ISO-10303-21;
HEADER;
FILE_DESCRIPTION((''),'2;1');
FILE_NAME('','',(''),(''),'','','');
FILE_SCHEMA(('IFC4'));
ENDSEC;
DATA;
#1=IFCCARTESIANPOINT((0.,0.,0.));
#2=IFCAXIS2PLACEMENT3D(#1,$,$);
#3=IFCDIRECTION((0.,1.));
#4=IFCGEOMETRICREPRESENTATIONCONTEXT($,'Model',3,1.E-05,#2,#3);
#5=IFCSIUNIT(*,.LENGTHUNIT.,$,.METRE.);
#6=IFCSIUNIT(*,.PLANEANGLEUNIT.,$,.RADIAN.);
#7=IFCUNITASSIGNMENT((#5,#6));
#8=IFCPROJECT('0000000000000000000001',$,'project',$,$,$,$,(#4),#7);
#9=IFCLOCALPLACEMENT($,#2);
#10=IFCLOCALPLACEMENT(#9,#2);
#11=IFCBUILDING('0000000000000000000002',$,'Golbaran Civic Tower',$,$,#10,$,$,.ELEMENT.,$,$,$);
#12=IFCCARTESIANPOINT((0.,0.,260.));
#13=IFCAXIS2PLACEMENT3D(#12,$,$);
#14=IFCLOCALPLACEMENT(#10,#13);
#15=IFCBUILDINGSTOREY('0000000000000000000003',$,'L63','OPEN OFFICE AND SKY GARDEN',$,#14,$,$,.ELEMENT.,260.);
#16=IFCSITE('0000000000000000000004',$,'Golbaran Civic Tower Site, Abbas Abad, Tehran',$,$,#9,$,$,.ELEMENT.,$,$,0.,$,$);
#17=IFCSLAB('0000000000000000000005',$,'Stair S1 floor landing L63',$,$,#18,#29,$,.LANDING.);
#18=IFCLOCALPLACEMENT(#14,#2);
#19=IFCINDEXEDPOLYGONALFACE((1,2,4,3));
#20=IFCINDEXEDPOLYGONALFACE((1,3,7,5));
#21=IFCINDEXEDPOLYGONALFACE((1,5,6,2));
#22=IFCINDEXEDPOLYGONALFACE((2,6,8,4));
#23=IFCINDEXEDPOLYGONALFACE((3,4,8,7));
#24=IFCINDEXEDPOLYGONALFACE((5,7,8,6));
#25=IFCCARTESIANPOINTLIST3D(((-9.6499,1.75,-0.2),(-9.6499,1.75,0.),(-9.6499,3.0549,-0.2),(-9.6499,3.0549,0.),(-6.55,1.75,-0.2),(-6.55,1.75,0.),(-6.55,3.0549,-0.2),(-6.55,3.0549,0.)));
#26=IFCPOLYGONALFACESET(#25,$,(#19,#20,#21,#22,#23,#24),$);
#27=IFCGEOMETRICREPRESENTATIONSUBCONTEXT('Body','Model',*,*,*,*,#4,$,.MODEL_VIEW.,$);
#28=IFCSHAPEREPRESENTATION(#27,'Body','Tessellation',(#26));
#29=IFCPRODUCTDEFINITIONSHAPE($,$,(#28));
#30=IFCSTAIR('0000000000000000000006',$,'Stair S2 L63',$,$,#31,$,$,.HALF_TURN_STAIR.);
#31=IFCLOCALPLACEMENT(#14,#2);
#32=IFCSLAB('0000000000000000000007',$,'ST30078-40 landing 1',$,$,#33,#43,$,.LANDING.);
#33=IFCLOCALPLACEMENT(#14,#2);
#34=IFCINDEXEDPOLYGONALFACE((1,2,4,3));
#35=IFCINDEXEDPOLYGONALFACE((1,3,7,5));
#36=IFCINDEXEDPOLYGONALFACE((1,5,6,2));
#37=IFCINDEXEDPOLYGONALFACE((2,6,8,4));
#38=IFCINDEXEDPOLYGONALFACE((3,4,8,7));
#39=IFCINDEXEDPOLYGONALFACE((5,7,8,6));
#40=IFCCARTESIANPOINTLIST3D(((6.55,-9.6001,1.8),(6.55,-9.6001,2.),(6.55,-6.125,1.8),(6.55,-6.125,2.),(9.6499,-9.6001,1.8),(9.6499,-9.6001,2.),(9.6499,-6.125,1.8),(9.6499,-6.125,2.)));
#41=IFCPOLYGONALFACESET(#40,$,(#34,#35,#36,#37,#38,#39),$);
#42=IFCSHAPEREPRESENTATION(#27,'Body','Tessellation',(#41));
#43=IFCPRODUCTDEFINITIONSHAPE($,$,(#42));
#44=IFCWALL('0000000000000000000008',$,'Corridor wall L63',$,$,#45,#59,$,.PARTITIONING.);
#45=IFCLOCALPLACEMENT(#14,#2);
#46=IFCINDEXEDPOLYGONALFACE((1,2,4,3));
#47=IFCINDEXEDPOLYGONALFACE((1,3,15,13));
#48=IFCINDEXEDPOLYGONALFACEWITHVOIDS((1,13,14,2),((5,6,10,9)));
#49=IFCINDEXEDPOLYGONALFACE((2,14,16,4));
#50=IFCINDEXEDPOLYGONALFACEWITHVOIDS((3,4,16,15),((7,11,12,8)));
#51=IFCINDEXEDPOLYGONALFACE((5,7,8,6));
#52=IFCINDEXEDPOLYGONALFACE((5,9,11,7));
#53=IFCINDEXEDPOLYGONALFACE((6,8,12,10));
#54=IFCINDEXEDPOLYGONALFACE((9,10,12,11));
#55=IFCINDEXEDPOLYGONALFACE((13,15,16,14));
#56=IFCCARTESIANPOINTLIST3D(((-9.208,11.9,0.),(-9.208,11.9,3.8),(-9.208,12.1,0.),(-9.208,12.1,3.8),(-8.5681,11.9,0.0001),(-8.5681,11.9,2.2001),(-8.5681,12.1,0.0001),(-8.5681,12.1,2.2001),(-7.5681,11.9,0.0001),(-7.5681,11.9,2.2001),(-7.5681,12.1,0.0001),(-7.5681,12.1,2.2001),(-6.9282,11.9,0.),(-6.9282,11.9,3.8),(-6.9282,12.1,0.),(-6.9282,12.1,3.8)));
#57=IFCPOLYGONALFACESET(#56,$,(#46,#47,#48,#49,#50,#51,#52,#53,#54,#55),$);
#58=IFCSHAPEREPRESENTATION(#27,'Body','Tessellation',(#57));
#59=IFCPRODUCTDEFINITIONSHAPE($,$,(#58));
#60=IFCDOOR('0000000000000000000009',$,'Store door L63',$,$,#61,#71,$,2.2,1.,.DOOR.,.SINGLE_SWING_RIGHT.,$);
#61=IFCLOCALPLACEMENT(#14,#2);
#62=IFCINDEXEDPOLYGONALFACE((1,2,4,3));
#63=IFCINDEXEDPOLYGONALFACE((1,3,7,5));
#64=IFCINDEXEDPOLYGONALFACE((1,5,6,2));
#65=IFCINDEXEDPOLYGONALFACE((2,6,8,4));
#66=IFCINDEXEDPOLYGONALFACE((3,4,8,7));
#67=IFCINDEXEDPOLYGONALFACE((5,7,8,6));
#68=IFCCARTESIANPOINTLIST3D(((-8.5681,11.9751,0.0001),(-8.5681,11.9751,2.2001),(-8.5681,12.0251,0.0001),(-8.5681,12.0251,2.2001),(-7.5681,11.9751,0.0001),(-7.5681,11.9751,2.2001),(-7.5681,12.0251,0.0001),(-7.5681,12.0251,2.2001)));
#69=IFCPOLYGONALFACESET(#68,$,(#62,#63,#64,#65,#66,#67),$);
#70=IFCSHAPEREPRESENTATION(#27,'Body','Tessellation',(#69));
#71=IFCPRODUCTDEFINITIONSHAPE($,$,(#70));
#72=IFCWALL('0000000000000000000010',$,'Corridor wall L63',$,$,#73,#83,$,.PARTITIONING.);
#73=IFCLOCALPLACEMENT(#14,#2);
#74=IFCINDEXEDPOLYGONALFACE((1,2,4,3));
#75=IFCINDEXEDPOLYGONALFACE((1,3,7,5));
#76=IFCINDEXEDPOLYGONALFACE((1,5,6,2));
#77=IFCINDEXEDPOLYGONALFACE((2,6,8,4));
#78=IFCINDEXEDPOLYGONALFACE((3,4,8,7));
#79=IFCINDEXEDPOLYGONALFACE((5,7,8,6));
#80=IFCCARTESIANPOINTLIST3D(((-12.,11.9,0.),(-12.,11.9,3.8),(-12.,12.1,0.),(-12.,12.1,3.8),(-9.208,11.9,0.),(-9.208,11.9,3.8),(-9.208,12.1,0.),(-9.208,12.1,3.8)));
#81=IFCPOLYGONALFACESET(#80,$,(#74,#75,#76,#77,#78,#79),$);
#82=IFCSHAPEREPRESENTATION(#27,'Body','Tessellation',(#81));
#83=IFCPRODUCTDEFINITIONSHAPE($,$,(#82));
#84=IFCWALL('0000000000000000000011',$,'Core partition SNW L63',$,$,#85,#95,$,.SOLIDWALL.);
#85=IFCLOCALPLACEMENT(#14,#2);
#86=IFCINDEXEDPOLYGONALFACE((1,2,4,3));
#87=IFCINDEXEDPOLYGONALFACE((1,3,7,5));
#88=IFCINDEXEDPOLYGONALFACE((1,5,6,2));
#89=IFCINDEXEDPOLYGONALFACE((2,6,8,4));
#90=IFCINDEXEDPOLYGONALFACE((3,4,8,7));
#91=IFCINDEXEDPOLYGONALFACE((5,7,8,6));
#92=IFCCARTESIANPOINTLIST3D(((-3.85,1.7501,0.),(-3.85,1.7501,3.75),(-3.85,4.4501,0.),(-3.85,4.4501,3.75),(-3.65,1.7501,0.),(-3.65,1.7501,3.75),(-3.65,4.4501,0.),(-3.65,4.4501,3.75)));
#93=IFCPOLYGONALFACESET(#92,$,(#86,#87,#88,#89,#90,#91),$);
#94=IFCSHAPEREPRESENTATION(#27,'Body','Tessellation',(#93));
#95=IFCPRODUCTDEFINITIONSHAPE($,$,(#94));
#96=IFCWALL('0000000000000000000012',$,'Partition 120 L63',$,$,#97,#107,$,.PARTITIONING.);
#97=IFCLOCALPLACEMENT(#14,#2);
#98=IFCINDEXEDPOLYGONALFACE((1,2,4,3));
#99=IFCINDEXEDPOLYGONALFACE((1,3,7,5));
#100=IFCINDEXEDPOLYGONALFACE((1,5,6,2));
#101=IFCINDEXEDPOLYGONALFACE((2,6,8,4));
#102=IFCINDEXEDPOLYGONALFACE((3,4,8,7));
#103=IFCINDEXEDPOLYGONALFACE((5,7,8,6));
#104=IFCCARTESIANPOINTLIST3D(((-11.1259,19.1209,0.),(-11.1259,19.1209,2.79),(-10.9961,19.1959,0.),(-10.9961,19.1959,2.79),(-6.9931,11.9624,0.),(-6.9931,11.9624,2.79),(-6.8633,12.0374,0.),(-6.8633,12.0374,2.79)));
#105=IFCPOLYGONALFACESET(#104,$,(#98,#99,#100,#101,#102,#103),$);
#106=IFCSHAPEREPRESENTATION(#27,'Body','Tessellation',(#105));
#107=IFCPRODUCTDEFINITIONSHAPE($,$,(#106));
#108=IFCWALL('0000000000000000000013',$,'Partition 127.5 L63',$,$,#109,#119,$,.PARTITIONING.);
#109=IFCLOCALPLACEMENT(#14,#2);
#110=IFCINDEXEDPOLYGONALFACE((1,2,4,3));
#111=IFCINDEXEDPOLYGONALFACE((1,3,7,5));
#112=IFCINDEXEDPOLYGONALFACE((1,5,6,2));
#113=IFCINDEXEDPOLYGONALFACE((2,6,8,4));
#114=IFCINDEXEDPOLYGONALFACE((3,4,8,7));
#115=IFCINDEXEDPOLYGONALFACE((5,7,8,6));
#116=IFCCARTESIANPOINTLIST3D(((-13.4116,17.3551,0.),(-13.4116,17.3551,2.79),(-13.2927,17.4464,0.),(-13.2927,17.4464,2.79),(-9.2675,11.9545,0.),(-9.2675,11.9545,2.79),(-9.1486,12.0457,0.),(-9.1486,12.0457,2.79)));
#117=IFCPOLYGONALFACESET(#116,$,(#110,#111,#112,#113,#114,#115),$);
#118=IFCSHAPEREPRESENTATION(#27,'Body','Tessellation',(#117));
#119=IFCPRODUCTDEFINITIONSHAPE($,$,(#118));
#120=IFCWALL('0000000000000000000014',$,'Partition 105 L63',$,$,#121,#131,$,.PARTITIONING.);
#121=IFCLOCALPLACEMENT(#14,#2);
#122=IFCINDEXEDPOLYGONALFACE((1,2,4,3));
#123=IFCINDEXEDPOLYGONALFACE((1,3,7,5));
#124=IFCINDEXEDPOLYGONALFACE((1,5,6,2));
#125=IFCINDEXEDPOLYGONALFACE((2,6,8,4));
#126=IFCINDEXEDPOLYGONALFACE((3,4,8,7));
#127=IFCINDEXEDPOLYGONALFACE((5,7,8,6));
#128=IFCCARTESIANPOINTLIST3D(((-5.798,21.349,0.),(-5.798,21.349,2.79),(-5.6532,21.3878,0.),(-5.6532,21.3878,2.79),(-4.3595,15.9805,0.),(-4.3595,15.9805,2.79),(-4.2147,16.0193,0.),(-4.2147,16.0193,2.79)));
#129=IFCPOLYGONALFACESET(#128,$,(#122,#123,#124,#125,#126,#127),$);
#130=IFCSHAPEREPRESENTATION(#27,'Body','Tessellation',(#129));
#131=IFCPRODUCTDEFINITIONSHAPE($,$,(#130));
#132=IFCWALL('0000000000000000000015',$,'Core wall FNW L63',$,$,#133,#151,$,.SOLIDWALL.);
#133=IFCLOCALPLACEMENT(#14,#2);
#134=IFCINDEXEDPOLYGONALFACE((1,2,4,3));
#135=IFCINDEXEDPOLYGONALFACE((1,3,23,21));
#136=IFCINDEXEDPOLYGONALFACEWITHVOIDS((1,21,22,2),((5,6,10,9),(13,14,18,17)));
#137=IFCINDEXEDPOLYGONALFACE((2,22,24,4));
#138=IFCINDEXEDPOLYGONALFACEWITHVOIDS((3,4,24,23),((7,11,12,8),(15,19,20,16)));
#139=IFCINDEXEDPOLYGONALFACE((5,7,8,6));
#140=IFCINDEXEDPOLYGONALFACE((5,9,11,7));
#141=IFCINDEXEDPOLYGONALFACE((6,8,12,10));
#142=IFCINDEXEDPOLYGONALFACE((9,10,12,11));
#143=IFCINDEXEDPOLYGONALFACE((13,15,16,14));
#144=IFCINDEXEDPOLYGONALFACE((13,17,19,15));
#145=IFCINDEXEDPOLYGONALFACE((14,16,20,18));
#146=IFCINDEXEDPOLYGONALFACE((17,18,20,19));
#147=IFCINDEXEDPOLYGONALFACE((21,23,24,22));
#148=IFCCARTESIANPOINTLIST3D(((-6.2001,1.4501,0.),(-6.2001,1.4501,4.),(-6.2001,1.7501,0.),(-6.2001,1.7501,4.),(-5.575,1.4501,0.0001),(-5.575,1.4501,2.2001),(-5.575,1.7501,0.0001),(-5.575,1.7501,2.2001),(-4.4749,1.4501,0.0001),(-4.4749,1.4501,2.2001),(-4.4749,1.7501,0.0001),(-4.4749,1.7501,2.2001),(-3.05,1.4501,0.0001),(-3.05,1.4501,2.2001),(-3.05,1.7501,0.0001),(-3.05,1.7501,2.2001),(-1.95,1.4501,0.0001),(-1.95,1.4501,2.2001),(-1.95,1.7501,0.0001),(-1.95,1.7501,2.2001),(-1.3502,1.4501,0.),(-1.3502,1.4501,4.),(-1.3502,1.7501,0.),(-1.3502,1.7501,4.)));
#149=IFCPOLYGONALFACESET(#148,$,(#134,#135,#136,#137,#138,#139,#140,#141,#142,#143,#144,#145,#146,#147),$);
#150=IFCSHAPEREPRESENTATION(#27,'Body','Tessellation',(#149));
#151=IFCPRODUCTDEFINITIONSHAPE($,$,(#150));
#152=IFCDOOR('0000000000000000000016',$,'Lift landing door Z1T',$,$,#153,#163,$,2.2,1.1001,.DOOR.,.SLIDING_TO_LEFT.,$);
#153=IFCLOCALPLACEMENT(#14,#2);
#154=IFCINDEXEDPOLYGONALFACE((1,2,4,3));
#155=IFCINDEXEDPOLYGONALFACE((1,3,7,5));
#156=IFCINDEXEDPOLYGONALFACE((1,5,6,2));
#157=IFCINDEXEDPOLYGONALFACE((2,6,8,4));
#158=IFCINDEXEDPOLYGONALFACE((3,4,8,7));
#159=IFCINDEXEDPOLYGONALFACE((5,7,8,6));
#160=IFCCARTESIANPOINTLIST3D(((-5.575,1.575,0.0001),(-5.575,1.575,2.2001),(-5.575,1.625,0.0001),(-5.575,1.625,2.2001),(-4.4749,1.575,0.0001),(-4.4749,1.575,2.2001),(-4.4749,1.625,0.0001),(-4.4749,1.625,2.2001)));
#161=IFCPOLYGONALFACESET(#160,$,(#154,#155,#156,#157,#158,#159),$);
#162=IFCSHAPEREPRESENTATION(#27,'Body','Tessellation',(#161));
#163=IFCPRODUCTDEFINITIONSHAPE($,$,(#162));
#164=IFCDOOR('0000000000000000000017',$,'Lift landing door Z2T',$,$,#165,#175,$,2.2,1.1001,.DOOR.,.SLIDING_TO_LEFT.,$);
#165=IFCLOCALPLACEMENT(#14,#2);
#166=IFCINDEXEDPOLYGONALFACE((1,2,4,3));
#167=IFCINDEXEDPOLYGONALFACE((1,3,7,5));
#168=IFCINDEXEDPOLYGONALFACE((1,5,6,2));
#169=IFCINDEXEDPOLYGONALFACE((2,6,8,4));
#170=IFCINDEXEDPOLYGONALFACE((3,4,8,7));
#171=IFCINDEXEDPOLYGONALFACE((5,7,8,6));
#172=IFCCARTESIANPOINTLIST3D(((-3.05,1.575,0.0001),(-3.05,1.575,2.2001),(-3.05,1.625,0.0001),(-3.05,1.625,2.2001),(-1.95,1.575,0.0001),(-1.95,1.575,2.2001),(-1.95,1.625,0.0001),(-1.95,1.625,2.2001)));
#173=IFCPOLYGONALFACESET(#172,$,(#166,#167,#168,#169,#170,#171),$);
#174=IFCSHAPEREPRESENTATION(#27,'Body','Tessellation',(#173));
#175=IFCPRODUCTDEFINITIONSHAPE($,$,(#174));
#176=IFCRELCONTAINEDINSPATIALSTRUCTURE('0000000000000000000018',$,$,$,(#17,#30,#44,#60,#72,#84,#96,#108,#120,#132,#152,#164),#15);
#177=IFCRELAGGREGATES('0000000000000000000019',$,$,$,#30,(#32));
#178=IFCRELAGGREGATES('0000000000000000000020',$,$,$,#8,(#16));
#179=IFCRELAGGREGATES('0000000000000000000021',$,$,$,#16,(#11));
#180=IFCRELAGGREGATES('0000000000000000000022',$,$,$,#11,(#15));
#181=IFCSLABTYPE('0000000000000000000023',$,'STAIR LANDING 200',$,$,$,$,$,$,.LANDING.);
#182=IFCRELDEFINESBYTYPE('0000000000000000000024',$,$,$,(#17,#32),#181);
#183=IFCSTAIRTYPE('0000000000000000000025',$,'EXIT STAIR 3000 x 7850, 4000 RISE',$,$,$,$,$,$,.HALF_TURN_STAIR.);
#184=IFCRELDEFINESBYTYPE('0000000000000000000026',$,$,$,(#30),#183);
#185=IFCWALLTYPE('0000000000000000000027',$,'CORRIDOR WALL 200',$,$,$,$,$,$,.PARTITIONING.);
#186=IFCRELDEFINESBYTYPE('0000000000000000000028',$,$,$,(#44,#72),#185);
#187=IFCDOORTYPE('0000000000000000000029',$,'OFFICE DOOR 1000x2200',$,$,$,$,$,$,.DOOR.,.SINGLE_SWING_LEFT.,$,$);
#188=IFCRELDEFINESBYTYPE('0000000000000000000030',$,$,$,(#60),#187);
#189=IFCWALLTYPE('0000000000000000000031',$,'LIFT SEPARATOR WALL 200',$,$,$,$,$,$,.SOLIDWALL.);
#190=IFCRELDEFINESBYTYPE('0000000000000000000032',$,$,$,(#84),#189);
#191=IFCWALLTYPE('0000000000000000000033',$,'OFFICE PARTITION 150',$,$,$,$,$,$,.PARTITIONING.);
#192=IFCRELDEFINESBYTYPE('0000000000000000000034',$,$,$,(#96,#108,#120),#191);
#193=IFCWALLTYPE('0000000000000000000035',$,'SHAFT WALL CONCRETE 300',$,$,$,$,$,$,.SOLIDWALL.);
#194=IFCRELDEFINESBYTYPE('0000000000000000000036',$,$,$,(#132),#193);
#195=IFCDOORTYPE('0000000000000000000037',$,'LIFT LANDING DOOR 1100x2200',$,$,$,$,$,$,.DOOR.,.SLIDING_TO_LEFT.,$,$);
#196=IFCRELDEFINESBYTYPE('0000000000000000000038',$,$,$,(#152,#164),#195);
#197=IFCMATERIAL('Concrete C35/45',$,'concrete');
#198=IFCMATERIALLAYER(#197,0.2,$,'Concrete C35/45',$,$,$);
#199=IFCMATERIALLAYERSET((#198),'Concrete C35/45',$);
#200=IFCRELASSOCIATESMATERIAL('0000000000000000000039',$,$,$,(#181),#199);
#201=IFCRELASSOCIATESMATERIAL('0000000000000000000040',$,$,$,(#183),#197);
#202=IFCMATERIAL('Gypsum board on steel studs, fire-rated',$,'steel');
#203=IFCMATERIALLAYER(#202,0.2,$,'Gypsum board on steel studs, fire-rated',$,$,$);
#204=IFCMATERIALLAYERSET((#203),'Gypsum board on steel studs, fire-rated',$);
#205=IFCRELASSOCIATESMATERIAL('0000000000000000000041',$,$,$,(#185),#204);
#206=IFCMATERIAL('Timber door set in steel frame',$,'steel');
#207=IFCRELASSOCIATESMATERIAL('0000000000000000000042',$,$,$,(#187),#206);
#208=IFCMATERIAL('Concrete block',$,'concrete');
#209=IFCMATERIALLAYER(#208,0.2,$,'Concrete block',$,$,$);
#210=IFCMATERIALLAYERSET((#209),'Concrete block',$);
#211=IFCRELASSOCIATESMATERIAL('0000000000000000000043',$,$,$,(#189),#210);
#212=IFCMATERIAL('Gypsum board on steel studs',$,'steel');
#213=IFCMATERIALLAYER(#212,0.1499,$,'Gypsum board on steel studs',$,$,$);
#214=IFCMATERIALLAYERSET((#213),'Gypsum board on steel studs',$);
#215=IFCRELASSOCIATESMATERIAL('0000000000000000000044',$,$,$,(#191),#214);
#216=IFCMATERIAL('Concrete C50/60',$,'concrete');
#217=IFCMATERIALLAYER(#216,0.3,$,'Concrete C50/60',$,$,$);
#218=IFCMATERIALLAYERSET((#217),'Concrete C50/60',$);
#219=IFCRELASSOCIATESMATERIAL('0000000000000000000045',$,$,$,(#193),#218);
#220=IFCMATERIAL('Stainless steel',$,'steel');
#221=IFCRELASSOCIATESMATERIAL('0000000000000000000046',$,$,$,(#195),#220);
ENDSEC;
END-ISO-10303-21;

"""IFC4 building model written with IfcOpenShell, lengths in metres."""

from ifc_helpers import new_model, si_unit, direction, frame, frame_2d, origin, place, context, subcontext, project, spatial, polyline, rectangle, outline, extrude, material, layer, layer_set, type_object, element, fill, aggregate, save


model = new_model("IFC4")

# Units and contexts
model_context = context("Model", 3, precision=1e-05, world=origin(), true_north=direction((0.0, 1.0)))
body_context = subcontext(model_context, "Body", "Model", "MODEL_VIEW")
ifc_project = project(units=[si_unit("LENGTHUNIT", "METRE"), si_unit("PLANEANGLEUNIT", "RADIAN")], contexts=[model_context])

# Site, building, storey
site_placement = place(None, origin())
site = spatial("IfcSite", under=ifc_project, at=site_placement, Name="Golbaran Civic Tower Site, Abbas Abad, Tehran", CompositionType="ELEMENT", RefElevation=0.0)
building_placement = place(site_placement, origin())
building = spatial("IfcBuilding", under=site, at=building_placement, Name="Golbaran Civic Tower", CompositionType="ELEMENT")
storey_placement = place(building_placement, frame((0.0, 0.0, 260.0)))
storey = spatial("IfcBuildingStorey", under=building, at=storey_placement, Name="L63", Description="OPEN OFFICE AND SKY GARDEN", CompositionType="ELEMENT", Elevation=260.0)

# Slab
ifc_material_1 = material(Name="Concrete C35/45", Category="concrete")
ifc_layer_1 = layer(ifc_material_1, 0.2, Name="Concrete C35/45")
ifc_layer_set_1 = layer_set([ifc_layer_1], Name="Concrete C35/45")
slab_type = type_object("IfcSlabType", Name="STAIR LANDING 200", PredefinedType="LANDING", material=ifc_layer_set_1)
slab_1_placement = place(storey_placement, frame((0.0, 0.0, -0.2)))
element("IfcSlab", 1, at=slab_1_placement, inside=storey, type_object=slab_type, Name="Stair S1 floor landing L63", PredefinedType="LANDING", context=body_context, shape_type="SweptSolid", body=[
    extrude(outline(polyline([(-9.6499, 1.75), (-9.6499, 3.0549), (-6.55, 3.0549), (-6.55, 1.75), (-9.6499, 1.75)])), origin(), (0.0, 0.0, 1.0), 0.2),
])

# Stair, slab
stair_type = type_object("IfcStairType", Name="EXIT STAIR 3000 x 7850, 4000 RISE", PredefinedType="HALF_TURN_STAIR", material=ifc_material_1)
stair_1_placement = place(storey_placement, origin())
stair_1 = element("IfcStair", 2, at=stair_1_placement, inside=storey, type_object=stair_type, Name="Stair S2 L63", PredefinedType="HALF_TURN_STAIR")
slab_2_placement = place(storey_placement, frame((0.0, 0.0, 1.8)))
slab_2 = element("IfcSlab", 3, at=slab_2_placement, type_object=slab_type, Name="ST30078-40 landing 1", PredefinedType="LANDING", context=body_context, shape_type="SweptSolid", body=[
    extrude(outline(polyline([(9.6499, -6.125), (9.6499, -9.6001), (6.55, -9.6001), (6.55, -6.125), (9.6499, -6.125)])), origin(), (0.0, 0.0, 1.0), 0.2),
])
aggregate(stair_1, [slab_2])

# Wall, opening, door
ifc_material_2 = material(Name="Gypsum board on steel studs, fire-rated", Category="steel")
ifc_layer_2 = layer(ifc_material_2, 0.2, Name="Gypsum board on steel studs, fire-rated")
ifc_layer_set_2 = layer_set([ifc_layer_2], Name="Gypsum board on steel studs, fire-rated")
wall_type_1 = type_object("IfcWallType", Name="CORRIDOR WALL 200", PredefinedType="PARTITIONING", material=ifc_layer_set_2)
wall_1_placement = place(storey_placement, frame((-6.9282, 12.0, 0.0), z_axis=(0.0, 0.0, 1.0), x_axis=(-1.0, 0.0, 0.0)))
wall_1 = element("IfcWall", 4, at=wall_1_placement, inside=storey, type_object=wall_type_1, Name="Corridor wall L63", PredefinedType="PARTITIONING", context=body_context, shape_type="SweptSolid", body=[
    extrude(rectangle(XDim=2.2798, YDim=0.2, at=frame_2d((1.1399, 0.0))), origin(), (0.0, 0.0, 1.0), 3.8),
])
opening_1_placement = place(wall_1_placement, frame((0.6399, 0.0, 0.0)))
opening_1 = element("IfcOpeningElement", 5, at=opening_1_placement, cuts=wall_1, PredefinedType="OPENING", context=body_context, shape_type="SweptSolid", body=[
    extrude(rectangle(XDim=1.0, YDim=2.2, at=frame_2d((0.5, 1.1001))), frame((0.0, 0.1099, 0.0), z_axis=(0.0, -1.0, 0.0), x_axis=(1.0, 0.0, 0.0)), (0.0, 0.0, 1.0), 0.22),
])
ifc_material_3 = material(Name="Timber door set in steel frame", Category="steel")
door_type_1 = type_object("IfcDoorType", Name="OFFICE DOOR 1000x2200", OperationType="SINGLE_SWING_LEFT", PredefinedType="DOOR", material=ifc_material_3)
door_1_placement = place(opening_1_placement, origin())
door_1 = element("IfcDoor", 6, at=door_1_placement, inside=storey, type_object=door_type_1, Name="Store door L63", OperationType="SINGLE_SWING_RIGHT", OverallHeight=2.2, OverallWidth=1.0, PredefinedType="DOOR", context=body_context, shape_type="SweptSolid", body=[
    extrude(rectangle(XDim=1.0, YDim=2.2, at=frame_2d((0.5, 1.1001))), frame((0.0, 0.0249, 0.0), z_axis=(0.0, -1.0, 0.0), x_axis=(1.0, 0.0, 0.0)), (0.0, 0.0, 1.0), 0.05),
])
fill(opening_1, door_1)

# Walls
wall_2_placement = place(storey_placement, frame((-9.208, 12.0, 0.0), z_axis=(0.0, 0.0, 1.0), x_axis=(-1.0, 0.0, 0.0)))
element("IfcWall", 7, at=wall_2_placement, inside=storey, type_object=wall_type_1, Name="Corridor wall L63", PredefinedType="PARTITIONING", context=body_context, shape_type="SweptSolid", body=[
    extrude(rectangle(XDim=2.792, YDim=0.2, at=frame_2d((1.396, 0.0))), origin(), (0.0, 0.0, 1.0), 3.8),
])
ifc_material_4 = material(Name="Concrete block", Category="concrete")
ifc_layer_3 = layer(ifc_material_4, 0.2, Name="Concrete block")
ifc_layer_set_3 = layer_set([ifc_layer_3], Name="Concrete block")
wall_type_2 = type_object("IfcWallType", Name="LIFT SEPARATOR WALL 200", PredefinedType="SOLIDWALL", material=ifc_layer_set_3)
wall_3_placement = place(storey_placement, frame((-3.75, 1.75, 0.0), z_axis=(0.0, 0.0, 1.0), x_axis=(0.0, 1.0, 0.0)))
element("IfcWall", 8, at=wall_3_placement, inside=storey, type_object=wall_type_2, Name="Core partition SNW L63", PredefinedType="SOLIDWALL", context=body_context, shape_type="SweptSolid", body=[
    extrude(rectangle(XDim=2.7, YDim=0.2, at=frame_2d((1.3501, 0.0))), origin(), (0.0, 0.0, 1.0), 3.75),
])
ifc_material_5 = material(Name="Gypsum board on steel studs", Category="steel")
ifc_layer_4 = layer(ifc_material_5, 0.1499, Name="Gypsum board on steel studs")
ifc_layer_set_4 = layer_set([ifc_layer_4], Name="Gypsum board on steel studs")
wall_type_3 = type_object("IfcWallType", Name="OFFICE PARTITION 150", PredefinedType="PARTITIONING", material=ifc_layer_set_4)
wall_4_placement = place(storey_placement, frame((-6.9282, 12.0, 0.0), z_axis=(0.0, 0.0, 1.0), x_axis=(-0.499989, 0.866032, 0.0)))
element("IfcWall", 9, at=wall_4_placement, inside=storey, type_object=wall_type_3, Name="Partition 120 L63", PredefinedType="PARTITIONING", context=body_context, shape_type="SweptSolid", body=[
    extrude(rectangle(XDim=8.2659, YDim=0.1499, at=frame_2d((4.1328, 0.0))), origin(), (0.0, 0.0, 1.0), 2.79),
])
wall_5_placement = place(storey_placement, frame((-9.208, 12.0, 0.0), z_axis=(0.0, 0.0, 1.0), x_axis=(-0.608761, 0.793354, 0.0)))
element("IfcWall", 10, at=wall_5_placement, inside=storey, type_object=wall_type_3, Name="Partition 127.5 L63", PredefinedType="PARTITIONING", context=body_context, shape_type="SweptSolid", body=[
    extrude(rectangle(XDim=6.8074, YDim=0.1499, at=frame_2d((3.4038, 0.0))), origin(), (0.0, 0.0, 1.0), 2.79),
])
wall_6_placement = place(storey_placement, frame((-4.2871, 16.0, 0.0), z_axis=(0.0, 0.0, 1.0), x_axis=(-0.258822, 0.965925, 0.0)))
element("IfcWall", 11, at=wall_6_placement, inside=storey, type_object=wall_type_3, Name="Partition 105 L63", PredefinedType="PARTITIONING", context=body_context, shape_type="SweptSolid", body=[
    extrude(rectangle(XDim=5.5579, YDim=0.1499, at=frame_2d((2.7788, 0.0))), origin(), (0.0, 0.0, 1.0), 2.79),
])

# Wall, openings, doors
ifc_material_6 = material(Name="Concrete C50/60", Category="concrete")
ifc_layer_5 = layer(ifc_material_6, 0.3, Name="Concrete C50/60")
ifc_layer_set_5 = layer_set([ifc_layer_5], Name="Concrete C50/60")
wall_type_4 = type_object("IfcWallType", Name="SHAFT WALL CONCRETE 300", PredefinedType="SOLIDWALL", material=ifc_layer_set_5)
wall_7_placement = place(storey_placement, frame((-6.2, 1.6001, 0.0), z_axis=(0.0, 0.0, 1.0), x_axis=(1.0, 0.0, 0.0)))
wall_7 = element("IfcWall", 12, at=wall_7_placement, inside=storey, type_object=wall_type_4, Name="Core wall FNW L63", PredefinedType="SOLIDWALL", context=body_context, shape_type="SweptSolid", body=[
    extrude(rectangle(XDim=4.8499, YDim=0.3, at=frame_2d((2.4248, 0.0))), origin(), (0.0, 0.0, 1.0), 4.0),
])
opening_2_placement = place(wall_7_placement, frame((0.625, 0.0, 0.0)))
opening_2 = element("IfcOpeningElement", 13, at=opening_2_placement, cuts=wall_7, PredefinedType="OPENING", context=body_context, shape_type="SweptSolid", body=[
    extrude(rectangle(XDim=1.1001, YDim=2.2, at=frame_2d((0.55, 1.1001))), frame((0.0, 0.1599, 0.0), z_axis=(0.0, -1.0, 0.0), x_axis=(1.0, 0.0, 0.0)), (0.0, 0.0, 1.0), 0.3201),
])
opening_3_placement = place(wall_7_placement, frame((3.1499, 0.0, 0.0)))
opening_3 = element("IfcOpeningElement", 14, at=opening_3_placement, cuts=wall_7, PredefinedType="OPENING", context=body_context, shape_type="SweptSolid", body=[
    extrude(rectangle(XDim=1.1001, YDim=2.2, at=frame_2d((0.55, 1.1001))), frame((0.0, 0.1599, 0.0), z_axis=(0.0, -1.0, 0.0), x_axis=(1.0, 0.0, 0.0)), (0.0, 0.0, 1.0), 0.3201),
])
ifc_material_7 = material(Name="Stainless steel", Category="steel")
door_type_2 = type_object("IfcDoorType", Name="LIFT LANDING DOOR 1100x2200", OperationType="SLIDING_TO_LEFT", PredefinedType="DOOR", material=ifc_material_7)
door_2_placement = place(opening_2_placement, origin())
door_2 = element("IfcDoor", 15, at=door_2_placement, inside=storey, type_object=door_type_2, Name="Lift landing door Z1T", OperationType="SLIDING_TO_LEFT", OverallHeight=2.2, OverallWidth=1.1001, PredefinedType="DOOR", context=body_context, shape_type="SweptSolid", body=[
    extrude(rectangle(XDim=1.1001, YDim=2.2, at=frame_2d((0.55, 1.1001))), frame((0.0, 0.0249, 0.0), z_axis=(0.0, -1.0, 0.0), x_axis=(1.0, 0.0, 0.0)), (0.0, 0.0, 1.0), 0.05),
])
fill(opening_2, door_2)
door_3_placement = place(opening_3_placement, origin())
door_3 = element("IfcDoor", 16, at=door_3_placement, inside=storey, type_object=door_type_2, Name="Lift landing door Z2T", OperationType="SLIDING_TO_LEFT", OverallHeight=2.2, OverallWidth=1.1001, PredefinedType="DOOR", context=body_context, shape_type="SweptSolid", body=[
    extrude(rectangle(XDim=1.1001, YDim=2.2, at=frame_2d((0.55, 1.1001))), frame((0.0, 0.0249, 0.0), z_axis=(0.0, -1.0, 0.0), x_axis=(1.0, 0.0, 0.0)), (0.0, 0.0, 1.0), 0.05),
])
fill(opening_3, door_3)

save(model, "model.ifc")
